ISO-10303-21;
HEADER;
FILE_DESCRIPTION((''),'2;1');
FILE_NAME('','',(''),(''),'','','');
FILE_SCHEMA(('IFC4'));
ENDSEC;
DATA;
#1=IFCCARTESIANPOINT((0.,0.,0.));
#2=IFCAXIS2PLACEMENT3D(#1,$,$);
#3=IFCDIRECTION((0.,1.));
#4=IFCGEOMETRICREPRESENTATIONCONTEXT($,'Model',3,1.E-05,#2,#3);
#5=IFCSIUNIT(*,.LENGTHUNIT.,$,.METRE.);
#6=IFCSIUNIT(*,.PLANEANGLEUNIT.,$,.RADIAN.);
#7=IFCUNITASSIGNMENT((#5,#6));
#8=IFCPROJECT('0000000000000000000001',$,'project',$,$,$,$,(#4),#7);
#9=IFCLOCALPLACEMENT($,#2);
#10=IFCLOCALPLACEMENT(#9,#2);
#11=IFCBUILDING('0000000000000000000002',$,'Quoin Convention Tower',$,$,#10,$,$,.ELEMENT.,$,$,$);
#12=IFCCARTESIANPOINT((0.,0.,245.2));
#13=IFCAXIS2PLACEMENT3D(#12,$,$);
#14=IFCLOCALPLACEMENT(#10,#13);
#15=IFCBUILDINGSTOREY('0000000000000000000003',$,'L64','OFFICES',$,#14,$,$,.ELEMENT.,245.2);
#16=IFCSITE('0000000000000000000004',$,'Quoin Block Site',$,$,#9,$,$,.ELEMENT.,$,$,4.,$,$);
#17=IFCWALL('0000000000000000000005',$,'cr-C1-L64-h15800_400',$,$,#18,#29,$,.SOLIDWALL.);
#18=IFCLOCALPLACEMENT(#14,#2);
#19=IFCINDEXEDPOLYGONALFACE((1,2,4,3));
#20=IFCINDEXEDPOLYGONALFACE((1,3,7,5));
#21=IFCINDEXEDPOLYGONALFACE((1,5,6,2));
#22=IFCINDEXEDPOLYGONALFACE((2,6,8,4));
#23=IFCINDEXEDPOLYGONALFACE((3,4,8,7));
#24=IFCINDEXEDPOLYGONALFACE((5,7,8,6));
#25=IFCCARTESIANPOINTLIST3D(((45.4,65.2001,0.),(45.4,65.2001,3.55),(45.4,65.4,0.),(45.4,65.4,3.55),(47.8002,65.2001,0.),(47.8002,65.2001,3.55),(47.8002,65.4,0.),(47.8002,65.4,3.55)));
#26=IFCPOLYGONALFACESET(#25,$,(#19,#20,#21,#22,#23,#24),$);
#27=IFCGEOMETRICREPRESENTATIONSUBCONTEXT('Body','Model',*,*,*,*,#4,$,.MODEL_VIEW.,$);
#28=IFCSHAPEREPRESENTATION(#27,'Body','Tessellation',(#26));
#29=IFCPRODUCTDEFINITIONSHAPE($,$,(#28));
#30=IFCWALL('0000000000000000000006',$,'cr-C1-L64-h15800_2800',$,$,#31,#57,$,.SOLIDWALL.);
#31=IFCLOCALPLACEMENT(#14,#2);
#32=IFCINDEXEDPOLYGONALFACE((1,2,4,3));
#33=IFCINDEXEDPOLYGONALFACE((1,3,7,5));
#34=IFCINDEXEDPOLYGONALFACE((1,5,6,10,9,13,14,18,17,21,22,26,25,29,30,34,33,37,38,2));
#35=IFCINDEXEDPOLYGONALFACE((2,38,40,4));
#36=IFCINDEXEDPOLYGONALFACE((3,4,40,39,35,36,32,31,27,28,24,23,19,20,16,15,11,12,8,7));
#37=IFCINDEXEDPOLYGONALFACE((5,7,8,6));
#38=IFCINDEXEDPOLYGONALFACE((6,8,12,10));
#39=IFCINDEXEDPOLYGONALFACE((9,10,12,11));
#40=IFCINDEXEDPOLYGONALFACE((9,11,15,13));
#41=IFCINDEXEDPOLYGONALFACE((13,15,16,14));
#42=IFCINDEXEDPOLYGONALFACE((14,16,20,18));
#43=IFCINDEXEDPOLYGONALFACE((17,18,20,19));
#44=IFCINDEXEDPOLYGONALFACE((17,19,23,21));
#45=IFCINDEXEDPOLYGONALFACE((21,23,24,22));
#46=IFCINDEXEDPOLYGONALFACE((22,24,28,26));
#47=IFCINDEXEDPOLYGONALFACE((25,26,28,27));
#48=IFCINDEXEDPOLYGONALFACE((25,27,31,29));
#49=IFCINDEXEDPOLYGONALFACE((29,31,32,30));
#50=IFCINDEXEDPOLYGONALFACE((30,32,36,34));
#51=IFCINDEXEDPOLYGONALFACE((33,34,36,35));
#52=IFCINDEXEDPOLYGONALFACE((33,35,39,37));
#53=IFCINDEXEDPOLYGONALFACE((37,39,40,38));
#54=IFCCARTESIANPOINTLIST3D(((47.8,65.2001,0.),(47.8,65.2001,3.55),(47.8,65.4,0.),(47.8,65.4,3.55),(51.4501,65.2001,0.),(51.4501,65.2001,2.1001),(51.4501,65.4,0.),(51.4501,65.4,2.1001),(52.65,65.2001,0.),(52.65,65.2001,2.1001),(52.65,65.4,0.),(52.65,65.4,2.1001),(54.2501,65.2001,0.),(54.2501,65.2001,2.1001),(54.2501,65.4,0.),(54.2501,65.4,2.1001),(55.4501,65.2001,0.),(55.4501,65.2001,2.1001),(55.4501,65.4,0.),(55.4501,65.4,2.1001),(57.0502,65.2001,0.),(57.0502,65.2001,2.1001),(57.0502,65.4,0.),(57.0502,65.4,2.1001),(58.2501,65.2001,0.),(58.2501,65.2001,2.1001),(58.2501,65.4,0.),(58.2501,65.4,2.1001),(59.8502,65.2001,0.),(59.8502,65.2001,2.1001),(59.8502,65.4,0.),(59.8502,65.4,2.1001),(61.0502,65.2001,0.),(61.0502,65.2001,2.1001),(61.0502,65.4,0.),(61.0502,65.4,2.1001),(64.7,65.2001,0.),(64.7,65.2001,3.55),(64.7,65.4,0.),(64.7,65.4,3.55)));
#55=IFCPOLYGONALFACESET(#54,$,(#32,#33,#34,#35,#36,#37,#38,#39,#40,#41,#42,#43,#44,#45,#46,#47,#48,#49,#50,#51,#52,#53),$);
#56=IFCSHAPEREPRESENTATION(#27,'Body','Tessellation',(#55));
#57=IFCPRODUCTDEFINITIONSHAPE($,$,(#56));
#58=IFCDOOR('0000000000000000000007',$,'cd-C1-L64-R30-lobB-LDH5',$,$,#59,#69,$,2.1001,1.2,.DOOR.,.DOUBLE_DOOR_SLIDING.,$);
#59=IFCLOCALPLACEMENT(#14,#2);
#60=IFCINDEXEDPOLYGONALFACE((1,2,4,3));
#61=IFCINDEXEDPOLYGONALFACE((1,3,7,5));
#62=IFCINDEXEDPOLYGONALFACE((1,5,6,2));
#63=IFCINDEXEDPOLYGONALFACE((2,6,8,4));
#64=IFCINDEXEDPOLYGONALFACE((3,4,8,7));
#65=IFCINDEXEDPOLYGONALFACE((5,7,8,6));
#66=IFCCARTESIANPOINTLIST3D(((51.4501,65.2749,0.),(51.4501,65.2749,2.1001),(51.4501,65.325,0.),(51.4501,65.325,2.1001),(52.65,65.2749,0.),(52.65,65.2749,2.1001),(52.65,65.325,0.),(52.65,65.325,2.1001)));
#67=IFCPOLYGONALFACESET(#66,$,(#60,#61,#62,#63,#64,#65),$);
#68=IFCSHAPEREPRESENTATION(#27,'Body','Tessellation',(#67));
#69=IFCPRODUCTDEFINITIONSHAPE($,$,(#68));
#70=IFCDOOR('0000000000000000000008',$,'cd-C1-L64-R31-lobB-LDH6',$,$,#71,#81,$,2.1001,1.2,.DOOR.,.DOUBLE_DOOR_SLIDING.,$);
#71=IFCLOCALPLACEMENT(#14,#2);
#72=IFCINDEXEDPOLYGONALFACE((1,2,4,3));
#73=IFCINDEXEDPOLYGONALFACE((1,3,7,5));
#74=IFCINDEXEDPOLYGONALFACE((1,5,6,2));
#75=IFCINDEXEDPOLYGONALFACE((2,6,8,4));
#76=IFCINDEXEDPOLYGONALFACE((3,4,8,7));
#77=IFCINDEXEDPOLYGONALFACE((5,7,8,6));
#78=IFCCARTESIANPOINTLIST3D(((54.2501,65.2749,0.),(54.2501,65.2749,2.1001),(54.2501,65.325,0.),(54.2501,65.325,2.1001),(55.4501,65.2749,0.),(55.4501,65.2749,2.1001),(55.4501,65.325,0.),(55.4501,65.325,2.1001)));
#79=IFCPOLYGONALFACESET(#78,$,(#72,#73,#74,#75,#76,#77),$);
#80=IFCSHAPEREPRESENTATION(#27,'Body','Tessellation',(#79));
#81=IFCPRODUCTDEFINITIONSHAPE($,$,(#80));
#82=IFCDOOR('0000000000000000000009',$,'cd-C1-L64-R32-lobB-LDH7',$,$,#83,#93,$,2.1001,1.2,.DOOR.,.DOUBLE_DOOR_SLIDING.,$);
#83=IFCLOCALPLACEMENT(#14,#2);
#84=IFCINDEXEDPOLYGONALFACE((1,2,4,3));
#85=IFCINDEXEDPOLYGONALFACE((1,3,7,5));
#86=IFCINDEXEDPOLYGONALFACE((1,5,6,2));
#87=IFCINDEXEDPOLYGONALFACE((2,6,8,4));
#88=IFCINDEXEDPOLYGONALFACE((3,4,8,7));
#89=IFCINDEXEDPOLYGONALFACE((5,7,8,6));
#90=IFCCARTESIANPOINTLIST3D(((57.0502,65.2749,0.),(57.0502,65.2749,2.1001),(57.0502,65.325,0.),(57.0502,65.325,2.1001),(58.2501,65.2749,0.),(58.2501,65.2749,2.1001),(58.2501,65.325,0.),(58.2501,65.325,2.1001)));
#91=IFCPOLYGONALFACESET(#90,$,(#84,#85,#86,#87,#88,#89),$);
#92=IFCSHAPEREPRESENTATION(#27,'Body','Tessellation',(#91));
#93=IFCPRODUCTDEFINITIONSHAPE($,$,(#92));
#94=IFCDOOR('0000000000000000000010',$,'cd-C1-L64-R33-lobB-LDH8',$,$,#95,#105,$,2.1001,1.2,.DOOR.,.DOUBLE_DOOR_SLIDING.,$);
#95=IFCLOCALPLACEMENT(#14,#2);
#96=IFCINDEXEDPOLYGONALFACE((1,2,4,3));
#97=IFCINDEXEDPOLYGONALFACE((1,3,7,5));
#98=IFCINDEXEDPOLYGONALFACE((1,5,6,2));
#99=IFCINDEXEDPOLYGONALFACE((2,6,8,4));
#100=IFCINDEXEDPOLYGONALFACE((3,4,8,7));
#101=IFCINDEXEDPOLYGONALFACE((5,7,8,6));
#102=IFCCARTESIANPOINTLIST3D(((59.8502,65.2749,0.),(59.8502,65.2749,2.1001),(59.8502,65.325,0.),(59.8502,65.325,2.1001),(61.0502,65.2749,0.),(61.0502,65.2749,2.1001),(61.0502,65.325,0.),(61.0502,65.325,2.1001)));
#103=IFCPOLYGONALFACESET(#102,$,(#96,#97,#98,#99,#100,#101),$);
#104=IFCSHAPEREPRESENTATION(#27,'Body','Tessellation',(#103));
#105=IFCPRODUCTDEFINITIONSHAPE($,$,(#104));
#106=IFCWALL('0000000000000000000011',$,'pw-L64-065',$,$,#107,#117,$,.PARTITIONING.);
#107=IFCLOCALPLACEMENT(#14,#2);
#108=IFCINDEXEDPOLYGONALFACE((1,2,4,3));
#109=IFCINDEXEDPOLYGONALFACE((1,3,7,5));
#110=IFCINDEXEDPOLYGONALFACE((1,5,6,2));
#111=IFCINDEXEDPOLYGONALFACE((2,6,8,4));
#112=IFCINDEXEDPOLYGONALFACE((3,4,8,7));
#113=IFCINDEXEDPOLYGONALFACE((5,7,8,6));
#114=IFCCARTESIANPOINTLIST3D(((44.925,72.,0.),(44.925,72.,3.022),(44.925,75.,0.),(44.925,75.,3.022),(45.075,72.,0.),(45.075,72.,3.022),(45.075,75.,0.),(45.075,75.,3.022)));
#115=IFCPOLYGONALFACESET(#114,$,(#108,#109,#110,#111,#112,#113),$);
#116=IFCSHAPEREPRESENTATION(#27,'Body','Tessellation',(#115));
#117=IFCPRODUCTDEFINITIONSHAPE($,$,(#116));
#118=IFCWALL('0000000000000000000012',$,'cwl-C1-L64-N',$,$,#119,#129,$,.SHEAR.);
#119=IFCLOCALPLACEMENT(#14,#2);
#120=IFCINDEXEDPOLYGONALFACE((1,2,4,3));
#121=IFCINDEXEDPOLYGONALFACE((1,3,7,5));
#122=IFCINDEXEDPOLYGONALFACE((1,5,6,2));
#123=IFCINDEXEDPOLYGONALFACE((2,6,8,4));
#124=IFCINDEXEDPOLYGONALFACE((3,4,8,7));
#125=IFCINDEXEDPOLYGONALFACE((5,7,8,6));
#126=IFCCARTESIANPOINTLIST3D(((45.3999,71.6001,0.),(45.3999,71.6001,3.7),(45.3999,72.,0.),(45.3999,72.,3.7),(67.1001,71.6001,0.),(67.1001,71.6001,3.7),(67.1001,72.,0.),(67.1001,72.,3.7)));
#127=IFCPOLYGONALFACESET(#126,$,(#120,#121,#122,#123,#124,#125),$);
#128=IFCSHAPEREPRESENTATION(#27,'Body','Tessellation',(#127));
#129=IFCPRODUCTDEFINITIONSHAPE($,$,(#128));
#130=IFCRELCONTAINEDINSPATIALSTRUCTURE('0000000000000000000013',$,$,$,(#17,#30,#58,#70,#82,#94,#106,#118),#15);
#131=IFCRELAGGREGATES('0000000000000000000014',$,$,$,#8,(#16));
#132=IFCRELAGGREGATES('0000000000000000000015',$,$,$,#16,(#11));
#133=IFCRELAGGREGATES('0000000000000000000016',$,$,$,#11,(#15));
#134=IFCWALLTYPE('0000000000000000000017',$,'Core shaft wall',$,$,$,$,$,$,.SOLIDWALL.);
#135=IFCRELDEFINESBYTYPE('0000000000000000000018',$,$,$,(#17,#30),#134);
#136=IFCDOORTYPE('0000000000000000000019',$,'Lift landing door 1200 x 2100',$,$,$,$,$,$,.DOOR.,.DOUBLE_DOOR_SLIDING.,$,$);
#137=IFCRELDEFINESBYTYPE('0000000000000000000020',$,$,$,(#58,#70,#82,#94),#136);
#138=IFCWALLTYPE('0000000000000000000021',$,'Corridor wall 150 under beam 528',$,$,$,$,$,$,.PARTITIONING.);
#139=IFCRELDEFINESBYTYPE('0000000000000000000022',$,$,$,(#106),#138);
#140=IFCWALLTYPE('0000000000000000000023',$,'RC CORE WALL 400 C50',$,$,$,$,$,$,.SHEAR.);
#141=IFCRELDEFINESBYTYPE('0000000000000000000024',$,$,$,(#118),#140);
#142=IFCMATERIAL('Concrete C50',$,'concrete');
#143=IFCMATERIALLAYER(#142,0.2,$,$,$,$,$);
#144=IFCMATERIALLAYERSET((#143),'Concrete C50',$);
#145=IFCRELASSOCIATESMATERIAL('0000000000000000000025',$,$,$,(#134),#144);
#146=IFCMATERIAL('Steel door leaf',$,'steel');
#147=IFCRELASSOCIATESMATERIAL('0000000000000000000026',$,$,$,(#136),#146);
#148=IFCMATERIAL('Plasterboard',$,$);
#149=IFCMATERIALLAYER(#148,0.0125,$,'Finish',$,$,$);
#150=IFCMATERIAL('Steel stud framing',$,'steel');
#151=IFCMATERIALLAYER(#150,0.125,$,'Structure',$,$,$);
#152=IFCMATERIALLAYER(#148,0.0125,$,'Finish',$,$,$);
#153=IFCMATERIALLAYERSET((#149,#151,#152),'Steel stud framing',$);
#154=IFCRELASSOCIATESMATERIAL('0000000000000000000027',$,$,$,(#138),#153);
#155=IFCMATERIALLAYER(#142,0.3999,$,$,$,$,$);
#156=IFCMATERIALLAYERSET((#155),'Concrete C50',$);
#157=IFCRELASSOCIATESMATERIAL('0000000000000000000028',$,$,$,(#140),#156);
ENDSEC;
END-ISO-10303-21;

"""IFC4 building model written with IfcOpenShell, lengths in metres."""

from ifc_helpers import new_model, si_unit, direction, frame, frame_2d, origin, place, context, subcontext, project, spatial, rectangle, extrude, material, layer, layer_set, type_object, element, fill, save


model = new_model("IFC4")

# Units and contexts
model_context = context("Model", 3, precision=1e-05, world=origin(), true_north=direction((0.0, 1.0)))
body_context = subcontext(model_context, "Body", "Model", "MODEL_VIEW")
ifc_project = project(units=[si_unit("LENGTHUNIT", "METRE"), si_unit("PLANEANGLEUNIT", "RADIAN")], contexts=[model_context])

# Site, building, storey
site_placement = place(None, origin())
site = spatial("IfcSite", under=ifc_project, at=site_placement, Name="Quoin Block Site", CompositionType="ELEMENT", RefElevation=4.0)
building_placement = place(site_placement, origin())
building = spatial("IfcBuilding", under=site, at=building_placement, Name="Quoin Convention Tower", CompositionType="ELEMENT")
storey_placement = place(building_placement, frame((0.0, 0.0, 245.2)))
storey = spatial("IfcBuildingStorey", under=building, at=storey_placement, Name="L64", Description="OFFICES", CompositionType="ELEMENT", Elevation=245.2)

# Shared definitions
ifc_material_1 = material(Name="Plasterboard")
ifc_material_2 = material(Name="Steel stud framing", Category="steel")
ifc_material_3 = material(Name="Steel door leaf", Category="steel")

# Wall
ifc_material_4 = material(Name="Concrete C50", Category="concrete")
ifc_layer_1 = layer(ifc_material_4, 0.2)
ifc_layer_set_1 = layer_set([ifc_layer_1], Name="Concrete C50")
wall_type_1 = type_object("IfcWallType", Name="Core shaft wall", PredefinedType="SOLIDWALL", material=ifc_layer_set_1)
wall_1_placement = place(storey_placement, frame((45.3999, 65.3, 0.0), z_axis=(0.0, 0.0, 1.0), x_axis=(1.0, 0.0, 0.0)))
element("IfcWall", 1, at=wall_1_placement, inside=storey, type_object=wall_type_1, Name="cr-C1-L64-h15800_400", PredefinedType="SOLIDWALL", context=body_context, shape_type="SweptSolid", body=[
    extrude(rectangle(XDim=2.4001, YDim=0.2, at=frame_2d((1.2002, 0.0))), origin(), (0.0, 0.0, 1.0), 3.55),
])

# Wall, openings, doors
wall_2_placement = place(storey_placement, frame((47.8, 65.3, 0.0), z_axis=(0.0, 0.0, 1.0), x_axis=(1.0, 0.0, 0.0)))
wall_2 = element("IfcWall", 2, at=wall_2_placement, inside=storey, type_object=wall_type_1, Name="cr-C1-L64-h15800_2800", PredefinedType="SOLIDWALL", context=body_context, shape_type="SweptSolid", body=[
    extrude(rectangle(XDim=16.8999, YDim=0.2, at=frame_2d((8.45, 0.0))), origin(), (0.0, 0.0, 1.0), 3.55),
])
opening_1_placement = place(wall_2_placement, frame((3.6499, 0.0, 0.0)))
opening_1 = element("IfcOpeningElement", 3, at=opening_1_placement, cuts=wall_2, PredefinedType="OPENING", context=body_context, shape_type="SweptSolid", body=[
    extrude(rectangle(XDim=1.2, YDim=2.1001, at=frame_2d((0.6001, 1.05))), frame((0.0, 0.1099, 0.0), z_axis=(0.0, -1.0, 0.0), x_axis=(1.0, 0.0, 0.0)), (0.0, 0.0, 1.0), 0.22),
])
opening_2_placement = place(wall_2_placement, frame((6.45, 0.0, 0.0)))
opening_2 = element("IfcOpeningElement", 4, at=opening_2_placement, cuts=wall_2, PredefinedType="OPENING", context=body_context, shape_type="SweptSolid", body=[
    extrude(rectangle(XDim=1.2, YDim=2.1001, at=frame_2d((0.6001, 1.05))), frame((0.0, 0.1099, 0.0), z_axis=(0.0, -1.0, 0.0), x_axis=(1.0, 0.0, 0.0)), (0.0, 0.0, 1.0), 0.22),
])
opening_3_placement = place(wall_2_placement, frame((9.25, 0.0, 0.0)))
opening_3 = element("IfcOpeningElement", 5, at=opening_3_placement, cuts=wall_2, PredefinedType="OPENING", context=body_context, shape_type="SweptSolid", body=[
    extrude(rectangle(XDim=1.2, YDim=2.1001, at=frame_2d((0.6001, 1.05))), frame((0.0, 0.1099, 0.0), z_axis=(0.0, -1.0, 0.0), x_axis=(1.0, 0.0, 0.0)), (0.0, 0.0, 1.0), 0.22),
])
opening_4_placement = place(wall_2_placement, frame((12.05, 0.0, 0.0)))
opening_4 = element("IfcOpeningElement", 6, at=opening_4_placement, cuts=wall_2, PredefinedType="OPENING", context=body_context, shape_type="SweptSolid", body=[
    extrude(rectangle(XDim=1.2, YDim=2.1001, at=frame_2d((0.6001, 1.05))), frame((0.0, 0.1099, 0.0), z_axis=(0.0, -1.0, 0.0), x_axis=(1.0, 0.0, 0.0)), (0.0, 0.0, 1.0), 0.22),
])
door_type_1 = type_object("IfcDoorType", Name="Lift landing door 1200 x 2100", OperationType="DOUBLE_DOOR_SLIDING", PredefinedType="DOOR", material=ifc_material_3)
door_1_placement = place(opening_1_placement, origin())
door_1 = element("IfcDoor", 7, at=door_1_placement, inside=storey, type_object=door_type_1, Name="cd-C1-L64-R30-lobB-LDH5", OperationType="DOUBLE_DOOR_SLIDING", OverallHeight=2.1001, OverallWidth=1.2, PredefinedType="DOOR", context=body_context, shape_type="SweptSolid", body=[
    extrude(rectangle(XDim=1.2, YDim=2.1001, at=frame_2d((0.6001, 1.05))), frame((0.0, 0.0249, 0.0), z_axis=(0.0, -1.0, 0.0), x_axis=(1.0, 0.0, 0.0)), (0.0, 0.0, 1.0), 0.05),
])
fill(opening_1, door_1)
door_2_placement = place(opening_2_placement, origin())
door_2 = element("IfcDoor", 8, at=door_2_placement, inside=storey, type_object=door_type_1, Name="cd-C1-L64-R31-lobB-LDH6", OperationType="DOUBLE_DOOR_SLIDING", OverallHeight=2.1001, OverallWidth=1.2, PredefinedType="DOOR", context=body_context, shape_type="SweptSolid", body=[
    extrude(rectangle(XDim=1.2, YDim=2.1001, at=frame_2d((0.6001, 1.05))), frame((0.0, 0.0249, 0.0), z_axis=(0.0, -1.0, 0.0), x_axis=(1.0, 0.0, 0.0)), (0.0, 0.0, 1.0), 0.05),
])
fill(opening_2, door_2)
door_3_placement = place(opening_3_placement, origin())
door_3 = element("IfcDoor", 9, at=door_3_placement, inside=storey, type_object=door_type_1, Name="cd-C1-L64-R32-lobB-LDH7", OperationType="DOUBLE_DOOR_SLIDING", OverallHeight=2.1001, OverallWidth=1.2, PredefinedType="DOOR", context=body_context, shape_type="SweptSolid", body=[
    extrude(rectangle(XDim=1.2, YDim=2.1001, at=frame_2d((0.6001, 1.05))), frame((0.0, 0.0249, 0.0), z_axis=(0.0, -1.0, 0.0), x_axis=(1.0, 0.0, 0.0)), (0.0, 0.0, 1.0), 0.05),
])
fill(opening_3, door_3)
door_4_placement = place(opening_4_placement, origin())
door_4 = element("IfcDoor", 10, at=door_4_placement, inside=storey, type_object=door_type_1, Name="cd-C1-L64-R33-lobB-LDH8", OperationType="DOUBLE_DOOR_SLIDING", OverallHeight=2.1001, OverallWidth=1.2, PredefinedType="DOOR", context=body_context, shape_type="SweptSolid", body=[
    extrude(rectangle(XDim=1.2, YDim=2.1001, at=frame_2d((0.6001, 1.05))), frame((0.0, 0.0249, 0.0), z_axis=(0.0, -1.0, 0.0), x_axis=(1.0, 0.0, 0.0)), (0.0, 0.0, 1.0), 0.05),
])
fill(opening_4, door_4)

# Walls
ifc_layer_2 = layer(ifc_material_1, 0.0125, Name="Finish")
ifc_layer_3 = layer(ifc_material_2, 0.125, Name="Structure")
ifc_layer_4 = layer(ifc_material_1, 0.0125, Name="Finish")
ifc_layer_set_2 = layer_set([ifc_layer_2, ifc_layer_3, ifc_layer_4], Name="Steel stud framing")
wall_type_2 = type_object("IfcWallType", Name="Corridor wall 150 under beam 528", PredefinedType="PARTITIONING", material=ifc_layer_set_2)
wall_3_placement = place(storey_placement, frame((45.0, 72.0, 0.0), z_axis=(0.0, 0.0, 1.0), x_axis=(0.0, 1.0, 0.0)))
element("IfcWall", 11, at=wall_3_placement, inside=storey, type_object=wall_type_2, Name="pw-L64-065", PredefinedType="PARTITIONING", context=body_context, shape_type="SweptSolid", body=[
    extrude(rectangle(XDim=3.0, YDim=0.1499, at=frame_2d((1.5, 0.0))), origin(), (0.0, 0.0, 1.0), 3.022),
])
ifc_layer_5 = layer(ifc_material_4, 0.3999)
ifc_layer_set_3 = layer_set([ifc_layer_5], Name="Concrete C50")
wall_type_3 = type_object("IfcWallType", Name="RC CORE WALL 400 C50", PredefinedType="SHEAR", material=ifc_layer_set_3)
wall_4_placement = place(storey_placement, frame((45.3999, 71.8, 0.0), z_axis=(0.0, 0.0, 1.0), x_axis=(1.0, 0.0, 0.0)))
element("IfcWall", 12, at=wall_4_placement, inside=storey, type_object=wall_type_3, Name="cwl-C1-L64-N", PredefinedType="SHEAR", context=body_context, shape_type="SweptSolid", body=[
    extrude(rectangle(XDim=21.7002, YDim=0.3999, at=frame_2d((10.8501, 0.0))), origin(), (0.0, 0.0, 1.0), 3.7),
])

save(model, "model.ifc")
